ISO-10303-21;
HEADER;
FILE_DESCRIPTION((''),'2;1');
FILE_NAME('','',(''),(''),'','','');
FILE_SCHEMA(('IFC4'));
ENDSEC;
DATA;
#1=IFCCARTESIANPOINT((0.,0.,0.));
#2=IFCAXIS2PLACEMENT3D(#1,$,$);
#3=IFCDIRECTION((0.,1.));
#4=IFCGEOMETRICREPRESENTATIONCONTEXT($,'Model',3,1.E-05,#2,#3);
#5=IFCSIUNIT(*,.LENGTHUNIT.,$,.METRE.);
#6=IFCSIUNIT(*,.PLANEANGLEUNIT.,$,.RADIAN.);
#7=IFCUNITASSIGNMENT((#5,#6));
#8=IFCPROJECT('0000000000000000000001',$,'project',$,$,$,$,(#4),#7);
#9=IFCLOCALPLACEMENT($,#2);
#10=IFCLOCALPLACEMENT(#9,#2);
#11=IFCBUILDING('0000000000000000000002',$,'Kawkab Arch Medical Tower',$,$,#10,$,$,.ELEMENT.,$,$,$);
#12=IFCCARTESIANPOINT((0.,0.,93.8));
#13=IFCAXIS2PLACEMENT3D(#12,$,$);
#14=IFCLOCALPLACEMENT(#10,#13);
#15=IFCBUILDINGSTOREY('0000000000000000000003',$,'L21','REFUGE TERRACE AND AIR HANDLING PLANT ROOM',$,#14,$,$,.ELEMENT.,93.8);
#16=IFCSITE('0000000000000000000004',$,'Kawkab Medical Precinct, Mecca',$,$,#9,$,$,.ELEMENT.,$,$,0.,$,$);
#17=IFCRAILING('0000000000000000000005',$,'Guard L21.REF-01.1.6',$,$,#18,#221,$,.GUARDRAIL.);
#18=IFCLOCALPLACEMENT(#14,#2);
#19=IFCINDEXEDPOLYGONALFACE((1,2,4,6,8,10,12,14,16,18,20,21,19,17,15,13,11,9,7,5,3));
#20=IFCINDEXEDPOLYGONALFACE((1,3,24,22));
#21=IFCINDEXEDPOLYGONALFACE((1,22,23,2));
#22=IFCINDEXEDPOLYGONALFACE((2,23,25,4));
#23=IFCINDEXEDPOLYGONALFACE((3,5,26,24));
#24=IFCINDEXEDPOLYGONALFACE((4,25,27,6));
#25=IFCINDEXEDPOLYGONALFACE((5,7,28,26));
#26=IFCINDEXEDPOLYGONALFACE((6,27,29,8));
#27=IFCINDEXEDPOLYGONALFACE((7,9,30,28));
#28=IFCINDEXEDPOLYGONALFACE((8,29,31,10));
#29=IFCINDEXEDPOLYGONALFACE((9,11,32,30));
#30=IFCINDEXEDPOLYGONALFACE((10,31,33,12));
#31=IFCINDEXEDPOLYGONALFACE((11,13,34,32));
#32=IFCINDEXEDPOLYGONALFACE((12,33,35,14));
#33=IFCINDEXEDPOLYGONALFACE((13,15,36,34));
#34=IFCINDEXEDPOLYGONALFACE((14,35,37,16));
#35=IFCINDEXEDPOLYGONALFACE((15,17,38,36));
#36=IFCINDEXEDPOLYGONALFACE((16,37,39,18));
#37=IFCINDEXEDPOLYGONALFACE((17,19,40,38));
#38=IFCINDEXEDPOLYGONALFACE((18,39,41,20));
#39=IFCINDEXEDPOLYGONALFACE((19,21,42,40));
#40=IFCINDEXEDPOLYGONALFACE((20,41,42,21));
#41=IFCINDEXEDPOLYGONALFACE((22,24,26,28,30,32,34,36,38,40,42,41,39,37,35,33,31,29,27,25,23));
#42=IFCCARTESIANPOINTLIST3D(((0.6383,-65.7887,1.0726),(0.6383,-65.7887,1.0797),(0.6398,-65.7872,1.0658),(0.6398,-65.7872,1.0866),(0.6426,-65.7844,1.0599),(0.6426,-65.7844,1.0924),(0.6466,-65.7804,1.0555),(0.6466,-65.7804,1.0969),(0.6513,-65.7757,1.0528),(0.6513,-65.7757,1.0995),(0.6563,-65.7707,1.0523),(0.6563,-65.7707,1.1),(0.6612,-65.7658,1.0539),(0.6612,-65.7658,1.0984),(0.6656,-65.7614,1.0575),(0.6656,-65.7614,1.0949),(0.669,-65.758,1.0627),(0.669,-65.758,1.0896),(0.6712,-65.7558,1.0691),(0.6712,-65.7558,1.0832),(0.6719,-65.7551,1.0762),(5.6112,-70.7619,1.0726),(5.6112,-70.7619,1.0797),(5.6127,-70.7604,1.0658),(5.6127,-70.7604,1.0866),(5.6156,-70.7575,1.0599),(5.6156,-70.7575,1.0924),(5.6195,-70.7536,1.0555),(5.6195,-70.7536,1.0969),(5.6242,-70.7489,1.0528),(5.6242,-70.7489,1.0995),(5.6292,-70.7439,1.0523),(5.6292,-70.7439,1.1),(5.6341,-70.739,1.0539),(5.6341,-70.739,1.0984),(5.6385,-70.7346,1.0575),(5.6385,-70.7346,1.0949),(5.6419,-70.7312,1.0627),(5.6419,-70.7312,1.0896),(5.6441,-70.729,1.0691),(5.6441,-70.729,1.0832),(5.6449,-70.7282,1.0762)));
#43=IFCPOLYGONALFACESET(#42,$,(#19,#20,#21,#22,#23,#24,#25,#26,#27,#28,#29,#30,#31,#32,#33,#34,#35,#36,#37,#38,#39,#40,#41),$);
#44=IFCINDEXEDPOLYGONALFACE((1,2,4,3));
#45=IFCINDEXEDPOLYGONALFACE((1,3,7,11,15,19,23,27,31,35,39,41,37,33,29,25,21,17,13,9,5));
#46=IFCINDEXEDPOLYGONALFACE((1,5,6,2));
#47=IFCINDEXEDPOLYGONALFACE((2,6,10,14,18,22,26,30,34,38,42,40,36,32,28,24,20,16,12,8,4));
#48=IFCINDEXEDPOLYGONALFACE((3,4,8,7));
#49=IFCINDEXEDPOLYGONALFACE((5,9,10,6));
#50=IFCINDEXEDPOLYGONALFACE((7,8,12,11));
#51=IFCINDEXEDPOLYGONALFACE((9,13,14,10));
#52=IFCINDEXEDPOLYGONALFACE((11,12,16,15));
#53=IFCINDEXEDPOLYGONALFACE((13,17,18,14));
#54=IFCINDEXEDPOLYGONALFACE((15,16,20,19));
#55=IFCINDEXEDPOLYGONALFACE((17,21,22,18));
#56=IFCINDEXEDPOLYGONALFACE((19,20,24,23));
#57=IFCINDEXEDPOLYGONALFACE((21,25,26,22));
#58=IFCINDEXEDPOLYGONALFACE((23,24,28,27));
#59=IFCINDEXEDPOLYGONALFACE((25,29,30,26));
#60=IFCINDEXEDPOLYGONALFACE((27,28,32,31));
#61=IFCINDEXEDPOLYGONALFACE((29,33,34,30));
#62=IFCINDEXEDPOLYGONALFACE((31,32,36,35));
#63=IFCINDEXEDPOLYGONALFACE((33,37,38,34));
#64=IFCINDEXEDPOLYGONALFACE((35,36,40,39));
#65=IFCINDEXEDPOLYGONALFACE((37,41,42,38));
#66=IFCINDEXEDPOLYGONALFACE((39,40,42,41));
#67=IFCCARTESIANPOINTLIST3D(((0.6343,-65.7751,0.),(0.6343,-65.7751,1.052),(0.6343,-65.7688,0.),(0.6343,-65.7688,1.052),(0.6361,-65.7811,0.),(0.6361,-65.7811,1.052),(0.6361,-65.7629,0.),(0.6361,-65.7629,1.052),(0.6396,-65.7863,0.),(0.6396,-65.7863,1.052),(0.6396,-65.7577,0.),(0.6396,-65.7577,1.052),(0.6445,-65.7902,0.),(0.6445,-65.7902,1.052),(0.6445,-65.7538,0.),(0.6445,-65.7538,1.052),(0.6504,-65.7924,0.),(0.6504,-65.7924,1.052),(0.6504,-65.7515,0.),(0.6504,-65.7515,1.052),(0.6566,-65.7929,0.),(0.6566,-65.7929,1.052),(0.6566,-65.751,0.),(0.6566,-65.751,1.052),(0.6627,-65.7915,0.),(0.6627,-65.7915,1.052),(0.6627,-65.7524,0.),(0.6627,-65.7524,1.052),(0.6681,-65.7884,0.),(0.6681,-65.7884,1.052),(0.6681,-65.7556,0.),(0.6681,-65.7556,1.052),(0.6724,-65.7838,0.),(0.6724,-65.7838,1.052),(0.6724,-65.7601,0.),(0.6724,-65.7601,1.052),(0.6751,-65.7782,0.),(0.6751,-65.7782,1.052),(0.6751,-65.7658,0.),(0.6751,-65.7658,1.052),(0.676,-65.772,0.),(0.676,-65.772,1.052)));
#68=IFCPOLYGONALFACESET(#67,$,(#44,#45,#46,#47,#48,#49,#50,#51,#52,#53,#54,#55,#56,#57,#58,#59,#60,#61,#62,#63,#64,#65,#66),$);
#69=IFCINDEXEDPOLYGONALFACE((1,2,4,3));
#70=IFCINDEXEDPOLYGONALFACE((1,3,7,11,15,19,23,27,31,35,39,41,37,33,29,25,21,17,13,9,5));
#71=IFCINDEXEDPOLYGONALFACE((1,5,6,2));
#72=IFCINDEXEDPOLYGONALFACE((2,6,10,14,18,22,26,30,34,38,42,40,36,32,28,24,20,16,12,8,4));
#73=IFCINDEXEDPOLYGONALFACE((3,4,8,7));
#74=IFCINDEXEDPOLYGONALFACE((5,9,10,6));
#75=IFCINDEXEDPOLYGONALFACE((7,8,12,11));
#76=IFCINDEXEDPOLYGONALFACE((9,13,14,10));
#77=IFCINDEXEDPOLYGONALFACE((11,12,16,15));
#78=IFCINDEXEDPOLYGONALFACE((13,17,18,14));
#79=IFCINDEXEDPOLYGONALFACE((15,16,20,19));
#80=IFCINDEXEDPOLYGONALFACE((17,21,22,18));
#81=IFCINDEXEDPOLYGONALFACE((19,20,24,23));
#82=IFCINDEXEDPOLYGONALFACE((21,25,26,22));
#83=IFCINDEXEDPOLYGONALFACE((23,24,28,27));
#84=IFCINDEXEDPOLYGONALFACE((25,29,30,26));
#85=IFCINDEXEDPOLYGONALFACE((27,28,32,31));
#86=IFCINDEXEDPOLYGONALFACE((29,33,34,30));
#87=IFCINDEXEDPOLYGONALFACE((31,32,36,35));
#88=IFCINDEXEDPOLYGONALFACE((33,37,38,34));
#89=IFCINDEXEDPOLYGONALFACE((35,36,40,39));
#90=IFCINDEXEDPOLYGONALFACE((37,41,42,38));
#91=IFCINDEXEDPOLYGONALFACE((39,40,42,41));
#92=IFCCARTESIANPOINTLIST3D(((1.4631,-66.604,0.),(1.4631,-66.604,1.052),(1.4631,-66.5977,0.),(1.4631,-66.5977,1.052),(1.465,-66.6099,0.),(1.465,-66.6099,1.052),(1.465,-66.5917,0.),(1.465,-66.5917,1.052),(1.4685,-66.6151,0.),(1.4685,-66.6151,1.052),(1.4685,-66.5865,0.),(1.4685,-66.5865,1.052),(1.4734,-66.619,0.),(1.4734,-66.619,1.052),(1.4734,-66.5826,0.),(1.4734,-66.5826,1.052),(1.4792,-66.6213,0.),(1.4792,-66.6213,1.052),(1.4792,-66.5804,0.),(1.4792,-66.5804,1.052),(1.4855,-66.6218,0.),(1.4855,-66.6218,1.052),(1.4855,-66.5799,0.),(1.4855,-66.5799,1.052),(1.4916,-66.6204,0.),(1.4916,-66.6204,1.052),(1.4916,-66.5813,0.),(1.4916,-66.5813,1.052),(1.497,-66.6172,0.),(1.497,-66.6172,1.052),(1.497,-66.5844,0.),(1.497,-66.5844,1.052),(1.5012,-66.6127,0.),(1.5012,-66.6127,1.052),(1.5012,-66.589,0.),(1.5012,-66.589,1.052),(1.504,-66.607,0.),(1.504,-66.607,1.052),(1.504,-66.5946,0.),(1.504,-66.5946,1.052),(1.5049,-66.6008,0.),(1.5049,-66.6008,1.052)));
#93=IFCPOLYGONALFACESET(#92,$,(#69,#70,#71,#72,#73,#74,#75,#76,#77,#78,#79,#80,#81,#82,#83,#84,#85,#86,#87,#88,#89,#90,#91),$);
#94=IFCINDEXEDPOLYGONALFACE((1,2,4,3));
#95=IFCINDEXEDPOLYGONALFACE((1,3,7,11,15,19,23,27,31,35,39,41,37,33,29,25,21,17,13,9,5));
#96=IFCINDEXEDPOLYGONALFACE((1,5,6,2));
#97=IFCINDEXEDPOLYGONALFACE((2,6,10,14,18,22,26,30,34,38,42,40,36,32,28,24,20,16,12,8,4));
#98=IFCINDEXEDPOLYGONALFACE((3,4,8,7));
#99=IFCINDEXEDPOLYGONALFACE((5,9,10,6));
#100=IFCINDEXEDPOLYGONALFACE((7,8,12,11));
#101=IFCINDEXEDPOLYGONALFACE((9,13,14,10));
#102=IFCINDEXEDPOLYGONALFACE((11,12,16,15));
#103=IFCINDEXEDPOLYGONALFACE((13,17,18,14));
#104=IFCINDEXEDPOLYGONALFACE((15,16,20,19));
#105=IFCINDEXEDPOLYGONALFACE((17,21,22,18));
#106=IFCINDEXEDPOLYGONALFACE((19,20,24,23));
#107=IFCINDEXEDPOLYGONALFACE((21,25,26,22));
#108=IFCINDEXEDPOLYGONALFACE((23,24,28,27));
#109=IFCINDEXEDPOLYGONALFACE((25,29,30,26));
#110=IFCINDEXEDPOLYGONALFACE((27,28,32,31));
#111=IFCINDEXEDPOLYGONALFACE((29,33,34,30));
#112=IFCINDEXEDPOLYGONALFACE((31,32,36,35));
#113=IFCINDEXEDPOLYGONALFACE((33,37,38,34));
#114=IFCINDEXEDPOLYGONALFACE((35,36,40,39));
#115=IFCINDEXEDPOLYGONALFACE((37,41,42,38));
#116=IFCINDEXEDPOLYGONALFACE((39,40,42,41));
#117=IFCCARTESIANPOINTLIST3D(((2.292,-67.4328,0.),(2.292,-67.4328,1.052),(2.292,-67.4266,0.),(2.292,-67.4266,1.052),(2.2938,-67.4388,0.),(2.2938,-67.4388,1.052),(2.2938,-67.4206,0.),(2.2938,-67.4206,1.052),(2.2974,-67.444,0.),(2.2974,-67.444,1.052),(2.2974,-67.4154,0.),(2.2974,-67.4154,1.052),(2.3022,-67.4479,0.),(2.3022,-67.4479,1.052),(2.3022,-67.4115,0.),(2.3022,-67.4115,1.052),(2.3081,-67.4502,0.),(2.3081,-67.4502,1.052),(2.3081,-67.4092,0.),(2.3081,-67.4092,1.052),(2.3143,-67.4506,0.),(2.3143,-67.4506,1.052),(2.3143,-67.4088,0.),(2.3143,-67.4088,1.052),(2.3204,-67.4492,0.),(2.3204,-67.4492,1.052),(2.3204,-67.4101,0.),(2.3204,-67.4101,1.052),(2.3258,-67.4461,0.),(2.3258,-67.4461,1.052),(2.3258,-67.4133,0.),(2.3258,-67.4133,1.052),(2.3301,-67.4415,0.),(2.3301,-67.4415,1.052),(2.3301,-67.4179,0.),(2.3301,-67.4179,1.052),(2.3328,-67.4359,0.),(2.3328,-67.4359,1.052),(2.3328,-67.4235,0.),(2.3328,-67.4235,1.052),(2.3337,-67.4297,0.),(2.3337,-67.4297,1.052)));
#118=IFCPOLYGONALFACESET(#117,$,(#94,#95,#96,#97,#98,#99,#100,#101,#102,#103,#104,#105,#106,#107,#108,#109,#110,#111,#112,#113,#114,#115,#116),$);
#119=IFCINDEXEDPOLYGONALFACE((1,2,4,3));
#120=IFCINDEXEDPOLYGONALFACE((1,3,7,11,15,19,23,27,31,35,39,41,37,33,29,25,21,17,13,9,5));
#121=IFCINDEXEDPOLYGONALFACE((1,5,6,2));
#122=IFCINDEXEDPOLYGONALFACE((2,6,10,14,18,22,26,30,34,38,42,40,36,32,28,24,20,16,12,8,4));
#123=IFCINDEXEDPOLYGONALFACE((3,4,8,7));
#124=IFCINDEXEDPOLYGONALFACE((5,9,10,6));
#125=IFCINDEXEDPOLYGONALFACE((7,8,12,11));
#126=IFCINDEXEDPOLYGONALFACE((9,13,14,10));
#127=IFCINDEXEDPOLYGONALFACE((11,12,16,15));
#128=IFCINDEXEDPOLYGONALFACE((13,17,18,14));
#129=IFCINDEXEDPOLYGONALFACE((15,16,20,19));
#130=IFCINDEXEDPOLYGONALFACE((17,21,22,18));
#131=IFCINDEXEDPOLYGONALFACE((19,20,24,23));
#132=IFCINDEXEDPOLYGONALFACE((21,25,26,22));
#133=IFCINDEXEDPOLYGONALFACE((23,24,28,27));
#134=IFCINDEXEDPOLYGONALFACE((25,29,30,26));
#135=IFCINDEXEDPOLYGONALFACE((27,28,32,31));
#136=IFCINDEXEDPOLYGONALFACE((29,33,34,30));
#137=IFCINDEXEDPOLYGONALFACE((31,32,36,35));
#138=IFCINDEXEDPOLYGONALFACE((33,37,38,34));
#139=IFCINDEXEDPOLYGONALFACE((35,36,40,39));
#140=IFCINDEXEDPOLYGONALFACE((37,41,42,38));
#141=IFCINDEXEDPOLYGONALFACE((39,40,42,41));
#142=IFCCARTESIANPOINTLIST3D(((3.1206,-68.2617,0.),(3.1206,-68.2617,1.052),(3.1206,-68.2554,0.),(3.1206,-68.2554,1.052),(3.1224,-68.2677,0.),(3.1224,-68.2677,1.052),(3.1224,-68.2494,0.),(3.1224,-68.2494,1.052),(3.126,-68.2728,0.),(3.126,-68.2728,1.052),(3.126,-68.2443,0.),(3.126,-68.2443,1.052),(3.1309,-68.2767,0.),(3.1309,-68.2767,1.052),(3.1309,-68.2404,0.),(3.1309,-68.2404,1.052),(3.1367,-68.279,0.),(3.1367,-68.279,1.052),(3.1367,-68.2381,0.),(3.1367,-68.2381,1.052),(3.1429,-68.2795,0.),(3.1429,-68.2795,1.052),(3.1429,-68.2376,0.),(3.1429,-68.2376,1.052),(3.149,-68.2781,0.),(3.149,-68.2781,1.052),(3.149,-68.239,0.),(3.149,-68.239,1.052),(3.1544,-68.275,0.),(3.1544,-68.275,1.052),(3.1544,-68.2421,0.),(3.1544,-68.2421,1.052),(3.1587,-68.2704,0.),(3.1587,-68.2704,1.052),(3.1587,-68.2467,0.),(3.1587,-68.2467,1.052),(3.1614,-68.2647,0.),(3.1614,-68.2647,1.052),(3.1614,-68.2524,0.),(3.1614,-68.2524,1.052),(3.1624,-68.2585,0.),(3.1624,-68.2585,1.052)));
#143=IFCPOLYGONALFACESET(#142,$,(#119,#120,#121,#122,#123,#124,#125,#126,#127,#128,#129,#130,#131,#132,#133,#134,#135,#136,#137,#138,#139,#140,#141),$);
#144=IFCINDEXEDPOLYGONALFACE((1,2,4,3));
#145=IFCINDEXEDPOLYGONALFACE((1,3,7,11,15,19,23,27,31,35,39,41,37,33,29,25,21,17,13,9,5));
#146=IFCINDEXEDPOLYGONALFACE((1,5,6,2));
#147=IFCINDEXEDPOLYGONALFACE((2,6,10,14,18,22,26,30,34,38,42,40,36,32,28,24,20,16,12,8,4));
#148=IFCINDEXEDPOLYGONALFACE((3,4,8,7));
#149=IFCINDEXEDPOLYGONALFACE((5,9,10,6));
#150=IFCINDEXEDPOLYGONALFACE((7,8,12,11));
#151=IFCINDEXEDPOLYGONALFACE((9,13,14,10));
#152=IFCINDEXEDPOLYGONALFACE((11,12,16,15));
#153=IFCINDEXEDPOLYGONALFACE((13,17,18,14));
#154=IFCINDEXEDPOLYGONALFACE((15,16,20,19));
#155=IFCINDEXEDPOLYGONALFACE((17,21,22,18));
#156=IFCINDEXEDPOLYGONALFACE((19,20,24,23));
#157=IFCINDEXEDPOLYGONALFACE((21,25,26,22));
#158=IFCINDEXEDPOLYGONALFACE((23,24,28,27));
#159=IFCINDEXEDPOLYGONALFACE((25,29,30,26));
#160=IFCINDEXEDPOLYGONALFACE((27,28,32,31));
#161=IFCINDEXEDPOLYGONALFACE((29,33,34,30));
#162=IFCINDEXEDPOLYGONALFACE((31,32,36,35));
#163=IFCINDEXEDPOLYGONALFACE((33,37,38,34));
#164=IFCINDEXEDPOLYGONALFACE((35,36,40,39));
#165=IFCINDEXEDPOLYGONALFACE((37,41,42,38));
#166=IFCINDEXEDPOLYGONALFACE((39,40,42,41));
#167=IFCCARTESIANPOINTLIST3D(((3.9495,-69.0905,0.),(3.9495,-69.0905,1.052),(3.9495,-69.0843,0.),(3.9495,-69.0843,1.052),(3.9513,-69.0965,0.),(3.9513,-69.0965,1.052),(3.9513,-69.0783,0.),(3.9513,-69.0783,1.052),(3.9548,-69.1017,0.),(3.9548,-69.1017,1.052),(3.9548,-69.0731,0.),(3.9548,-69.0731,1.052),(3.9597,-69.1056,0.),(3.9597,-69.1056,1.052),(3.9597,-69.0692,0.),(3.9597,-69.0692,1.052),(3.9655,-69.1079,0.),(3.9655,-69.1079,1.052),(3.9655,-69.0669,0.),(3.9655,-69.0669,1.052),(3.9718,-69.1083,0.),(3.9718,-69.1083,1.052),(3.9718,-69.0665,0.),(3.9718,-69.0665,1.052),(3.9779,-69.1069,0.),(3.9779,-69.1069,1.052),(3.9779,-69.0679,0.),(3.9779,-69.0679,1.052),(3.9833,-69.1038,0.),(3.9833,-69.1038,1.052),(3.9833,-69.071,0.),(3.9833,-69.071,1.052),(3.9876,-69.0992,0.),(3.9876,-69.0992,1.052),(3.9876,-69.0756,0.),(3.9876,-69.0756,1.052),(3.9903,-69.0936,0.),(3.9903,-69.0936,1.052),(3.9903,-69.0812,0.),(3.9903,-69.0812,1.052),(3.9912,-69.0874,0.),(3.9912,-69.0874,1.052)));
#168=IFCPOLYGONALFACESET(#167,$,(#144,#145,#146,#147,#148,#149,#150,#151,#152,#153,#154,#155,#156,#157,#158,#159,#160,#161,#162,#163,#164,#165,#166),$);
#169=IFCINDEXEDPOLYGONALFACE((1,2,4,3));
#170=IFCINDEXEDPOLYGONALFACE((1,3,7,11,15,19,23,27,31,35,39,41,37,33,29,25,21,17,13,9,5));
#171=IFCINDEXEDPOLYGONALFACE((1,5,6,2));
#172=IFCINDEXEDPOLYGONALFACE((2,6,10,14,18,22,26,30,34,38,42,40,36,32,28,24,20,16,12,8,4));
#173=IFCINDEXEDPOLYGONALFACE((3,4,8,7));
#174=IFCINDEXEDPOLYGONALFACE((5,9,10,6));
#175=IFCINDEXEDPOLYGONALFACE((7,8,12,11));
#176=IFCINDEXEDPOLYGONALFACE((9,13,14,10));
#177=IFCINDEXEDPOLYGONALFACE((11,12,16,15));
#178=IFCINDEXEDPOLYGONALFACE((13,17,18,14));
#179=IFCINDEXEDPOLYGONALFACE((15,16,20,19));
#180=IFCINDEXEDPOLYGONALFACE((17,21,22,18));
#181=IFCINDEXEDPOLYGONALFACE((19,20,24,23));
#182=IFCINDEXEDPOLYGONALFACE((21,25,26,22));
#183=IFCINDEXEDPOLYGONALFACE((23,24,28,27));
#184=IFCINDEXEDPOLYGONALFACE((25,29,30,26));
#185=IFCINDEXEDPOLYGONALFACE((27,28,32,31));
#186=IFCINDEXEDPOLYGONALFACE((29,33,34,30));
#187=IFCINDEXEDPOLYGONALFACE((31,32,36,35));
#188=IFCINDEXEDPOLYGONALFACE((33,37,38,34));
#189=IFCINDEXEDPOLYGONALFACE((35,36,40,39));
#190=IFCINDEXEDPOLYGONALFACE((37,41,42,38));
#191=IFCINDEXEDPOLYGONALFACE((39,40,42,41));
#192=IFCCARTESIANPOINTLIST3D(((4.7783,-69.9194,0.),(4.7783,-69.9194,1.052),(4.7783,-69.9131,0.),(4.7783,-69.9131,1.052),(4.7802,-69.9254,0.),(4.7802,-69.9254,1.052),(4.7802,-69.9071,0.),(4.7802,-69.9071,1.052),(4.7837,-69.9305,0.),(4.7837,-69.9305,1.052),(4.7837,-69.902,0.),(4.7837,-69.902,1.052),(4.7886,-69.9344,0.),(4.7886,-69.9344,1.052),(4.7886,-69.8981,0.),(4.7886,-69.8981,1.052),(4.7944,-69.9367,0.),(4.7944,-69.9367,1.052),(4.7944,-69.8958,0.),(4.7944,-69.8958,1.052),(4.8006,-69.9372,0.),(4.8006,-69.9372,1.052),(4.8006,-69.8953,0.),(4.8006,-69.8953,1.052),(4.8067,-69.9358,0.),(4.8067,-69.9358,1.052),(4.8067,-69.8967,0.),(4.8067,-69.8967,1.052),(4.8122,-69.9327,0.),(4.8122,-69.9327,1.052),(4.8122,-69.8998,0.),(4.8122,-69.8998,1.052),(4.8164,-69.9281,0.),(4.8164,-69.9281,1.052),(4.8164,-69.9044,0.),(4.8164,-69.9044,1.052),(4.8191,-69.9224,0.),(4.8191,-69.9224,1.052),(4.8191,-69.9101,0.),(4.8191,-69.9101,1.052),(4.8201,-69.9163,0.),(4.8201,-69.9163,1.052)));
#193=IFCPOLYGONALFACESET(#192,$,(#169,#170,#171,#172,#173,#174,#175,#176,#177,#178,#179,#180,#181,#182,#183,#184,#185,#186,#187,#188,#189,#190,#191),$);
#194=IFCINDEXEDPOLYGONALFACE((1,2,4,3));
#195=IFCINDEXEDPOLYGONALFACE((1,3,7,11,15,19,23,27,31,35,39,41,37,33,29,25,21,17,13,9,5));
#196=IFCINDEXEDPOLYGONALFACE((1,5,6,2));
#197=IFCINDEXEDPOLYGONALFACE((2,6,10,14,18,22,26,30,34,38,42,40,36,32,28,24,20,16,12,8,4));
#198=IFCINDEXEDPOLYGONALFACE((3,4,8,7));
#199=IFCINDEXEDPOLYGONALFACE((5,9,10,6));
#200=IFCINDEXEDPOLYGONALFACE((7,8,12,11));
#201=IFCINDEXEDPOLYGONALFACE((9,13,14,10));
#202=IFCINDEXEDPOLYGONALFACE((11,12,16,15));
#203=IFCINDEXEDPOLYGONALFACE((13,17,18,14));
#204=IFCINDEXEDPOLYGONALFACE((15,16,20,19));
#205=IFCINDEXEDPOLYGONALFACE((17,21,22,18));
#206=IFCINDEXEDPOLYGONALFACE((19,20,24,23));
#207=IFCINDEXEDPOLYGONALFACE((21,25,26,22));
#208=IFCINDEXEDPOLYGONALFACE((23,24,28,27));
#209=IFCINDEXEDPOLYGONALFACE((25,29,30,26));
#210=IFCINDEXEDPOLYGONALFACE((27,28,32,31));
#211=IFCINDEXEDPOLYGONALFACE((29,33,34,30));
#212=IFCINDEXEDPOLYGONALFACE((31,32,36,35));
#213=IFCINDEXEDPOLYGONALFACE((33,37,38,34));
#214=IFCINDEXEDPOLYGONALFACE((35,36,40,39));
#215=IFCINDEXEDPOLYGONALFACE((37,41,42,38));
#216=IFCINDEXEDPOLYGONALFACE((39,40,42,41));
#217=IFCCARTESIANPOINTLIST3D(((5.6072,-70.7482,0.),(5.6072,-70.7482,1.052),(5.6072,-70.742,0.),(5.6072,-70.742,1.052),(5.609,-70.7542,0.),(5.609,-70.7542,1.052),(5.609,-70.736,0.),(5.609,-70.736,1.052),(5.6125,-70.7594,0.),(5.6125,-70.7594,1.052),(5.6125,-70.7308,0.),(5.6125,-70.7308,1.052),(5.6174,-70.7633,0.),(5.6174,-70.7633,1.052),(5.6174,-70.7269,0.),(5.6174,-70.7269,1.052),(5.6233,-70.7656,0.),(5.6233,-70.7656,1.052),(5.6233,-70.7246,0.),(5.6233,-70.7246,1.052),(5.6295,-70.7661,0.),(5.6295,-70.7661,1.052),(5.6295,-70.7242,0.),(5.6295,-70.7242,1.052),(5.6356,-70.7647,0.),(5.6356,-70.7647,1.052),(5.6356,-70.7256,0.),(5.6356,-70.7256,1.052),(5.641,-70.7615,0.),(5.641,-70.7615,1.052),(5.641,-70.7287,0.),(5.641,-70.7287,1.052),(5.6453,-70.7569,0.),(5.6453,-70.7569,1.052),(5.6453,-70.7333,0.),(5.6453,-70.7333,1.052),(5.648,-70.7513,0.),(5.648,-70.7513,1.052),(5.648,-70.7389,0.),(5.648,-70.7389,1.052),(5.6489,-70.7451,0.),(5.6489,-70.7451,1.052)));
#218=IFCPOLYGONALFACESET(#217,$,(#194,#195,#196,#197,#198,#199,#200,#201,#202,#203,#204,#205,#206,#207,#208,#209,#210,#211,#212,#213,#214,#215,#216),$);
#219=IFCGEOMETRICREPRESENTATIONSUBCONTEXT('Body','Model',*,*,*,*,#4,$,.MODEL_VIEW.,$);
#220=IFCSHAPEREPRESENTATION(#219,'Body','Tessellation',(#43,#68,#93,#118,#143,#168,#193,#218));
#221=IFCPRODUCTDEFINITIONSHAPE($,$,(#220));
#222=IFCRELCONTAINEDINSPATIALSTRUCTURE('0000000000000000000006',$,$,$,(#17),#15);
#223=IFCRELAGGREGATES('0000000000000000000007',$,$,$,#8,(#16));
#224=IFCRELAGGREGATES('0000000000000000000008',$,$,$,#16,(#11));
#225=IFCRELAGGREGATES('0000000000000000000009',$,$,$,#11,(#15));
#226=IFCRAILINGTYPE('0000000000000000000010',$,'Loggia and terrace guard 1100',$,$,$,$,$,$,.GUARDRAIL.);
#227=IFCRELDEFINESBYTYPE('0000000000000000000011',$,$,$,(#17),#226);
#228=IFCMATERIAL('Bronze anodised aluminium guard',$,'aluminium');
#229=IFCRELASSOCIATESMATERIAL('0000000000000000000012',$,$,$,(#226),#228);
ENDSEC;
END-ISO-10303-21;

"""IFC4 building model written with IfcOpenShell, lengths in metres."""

from ifc_helpers import new_model, si_unit, direction, frame, origin, origin_2d, place, context, subcontext, project, spatial, circle, extrude, material, type_object, element, save


model = new_model("IFC4")

# Units and contexts
model_context = context("Model", 3, precision=1e-05, world=origin(), true_north=direction((0.0, 1.0)))
body_context = subcontext(model_context, "Body", "Model", "MODEL_VIEW")
ifc_project = project(units=[si_unit("LENGTHUNIT", "METRE"), si_unit("PLANEANGLEUNIT", "RADIAN")], contexts=[model_context])

# Site, building, storey
site_placement = place(None, origin())
site = spatial("IfcSite", under=ifc_project, at=site_placement, Name="Kawkab Medical Precinct, Mecca", CompositionType="ELEMENT", RefElevation=0.0)
building_placement = place(site_placement, origin())
building = spatial("IfcBuilding", under=site, at=building_placement, Name="Kawkab Arch Medical Tower", CompositionType="ELEMENT")
storey_placement = place(building_placement, frame((0.0, 0.0, 93.8)))
storey = spatial("IfcBuildingStorey", under=building, at=storey_placement, Name="L21", Description="REFUGE TERRACE AND AIR HANDLING PLANT ROOM", CompositionType="ELEMENT", Elevation=93.8)

# Railing
ifc_material_1 = material(Name="Bronze anodised aluminium guard", Category="aluminium")
railing_type = type_object("IfcRailingType", Name="Loggia and terrace guard 1100", PredefinedType="GUARDRAIL", material=ifc_material_1)
railing_1_placement = place(storey_placement, frame((0.655, -65.772, 0.0)))
element("IfcRailing", 1, at=railing_1_placement, inside=storey, type_object=railing_type, Name="Guard L21.REF-01.1.6", PredefinedType="GUARDRAIL", context=body_context, shape_type="SweptSolid", body=[
    extrude(circle(Radius=0.0239, at=origin_2d()), frame((0.0, 0.0, 1.0762), z_axis=(0.707089, -0.707124, 0.0), x_axis=(0.707124, 0.707089, 0.0)), (0.0, 0.0, 1.0), 7.033),
    extrude(circle(Radius=0.021, at=origin_2d()), origin(), (0.0, 0.0, 1.0), 1.052),
    extrude(circle(Radius=0.021, at=origin_2d()), frame((0.8289, -0.8289, 0.0)), (0.0, 0.0, 1.0), 1.052),
    extrude(circle(Radius=0.021, at=origin_2d()), frame((1.6577, -1.6577, 0.0)), (0.0, 0.0, 1.0), 1.052),
    extrude(circle(Radius=0.021, at=origin_2d()), frame((2.4863, -2.4866, 0.0)), (0.0, 0.0, 1.0), 1.052),
    extrude(circle(Radius=0.021, at=origin_2d()), frame((3.3152, -3.3154, 0.0)), (0.0, 0.0, 1.0), 1.052),
    extrude(circle(Radius=0.021, at=origin_2d()), frame((4.144, -4.1443, 0.0)), (0.0, 0.0, 1.0), 1.052),
    extrude(circle(Radius=0.021, at=origin_2d()), frame((4.9729, -4.9731, 0.0)), (0.0, 0.0, 1.0), 1.052),
])

save(model, "model.ifc")
